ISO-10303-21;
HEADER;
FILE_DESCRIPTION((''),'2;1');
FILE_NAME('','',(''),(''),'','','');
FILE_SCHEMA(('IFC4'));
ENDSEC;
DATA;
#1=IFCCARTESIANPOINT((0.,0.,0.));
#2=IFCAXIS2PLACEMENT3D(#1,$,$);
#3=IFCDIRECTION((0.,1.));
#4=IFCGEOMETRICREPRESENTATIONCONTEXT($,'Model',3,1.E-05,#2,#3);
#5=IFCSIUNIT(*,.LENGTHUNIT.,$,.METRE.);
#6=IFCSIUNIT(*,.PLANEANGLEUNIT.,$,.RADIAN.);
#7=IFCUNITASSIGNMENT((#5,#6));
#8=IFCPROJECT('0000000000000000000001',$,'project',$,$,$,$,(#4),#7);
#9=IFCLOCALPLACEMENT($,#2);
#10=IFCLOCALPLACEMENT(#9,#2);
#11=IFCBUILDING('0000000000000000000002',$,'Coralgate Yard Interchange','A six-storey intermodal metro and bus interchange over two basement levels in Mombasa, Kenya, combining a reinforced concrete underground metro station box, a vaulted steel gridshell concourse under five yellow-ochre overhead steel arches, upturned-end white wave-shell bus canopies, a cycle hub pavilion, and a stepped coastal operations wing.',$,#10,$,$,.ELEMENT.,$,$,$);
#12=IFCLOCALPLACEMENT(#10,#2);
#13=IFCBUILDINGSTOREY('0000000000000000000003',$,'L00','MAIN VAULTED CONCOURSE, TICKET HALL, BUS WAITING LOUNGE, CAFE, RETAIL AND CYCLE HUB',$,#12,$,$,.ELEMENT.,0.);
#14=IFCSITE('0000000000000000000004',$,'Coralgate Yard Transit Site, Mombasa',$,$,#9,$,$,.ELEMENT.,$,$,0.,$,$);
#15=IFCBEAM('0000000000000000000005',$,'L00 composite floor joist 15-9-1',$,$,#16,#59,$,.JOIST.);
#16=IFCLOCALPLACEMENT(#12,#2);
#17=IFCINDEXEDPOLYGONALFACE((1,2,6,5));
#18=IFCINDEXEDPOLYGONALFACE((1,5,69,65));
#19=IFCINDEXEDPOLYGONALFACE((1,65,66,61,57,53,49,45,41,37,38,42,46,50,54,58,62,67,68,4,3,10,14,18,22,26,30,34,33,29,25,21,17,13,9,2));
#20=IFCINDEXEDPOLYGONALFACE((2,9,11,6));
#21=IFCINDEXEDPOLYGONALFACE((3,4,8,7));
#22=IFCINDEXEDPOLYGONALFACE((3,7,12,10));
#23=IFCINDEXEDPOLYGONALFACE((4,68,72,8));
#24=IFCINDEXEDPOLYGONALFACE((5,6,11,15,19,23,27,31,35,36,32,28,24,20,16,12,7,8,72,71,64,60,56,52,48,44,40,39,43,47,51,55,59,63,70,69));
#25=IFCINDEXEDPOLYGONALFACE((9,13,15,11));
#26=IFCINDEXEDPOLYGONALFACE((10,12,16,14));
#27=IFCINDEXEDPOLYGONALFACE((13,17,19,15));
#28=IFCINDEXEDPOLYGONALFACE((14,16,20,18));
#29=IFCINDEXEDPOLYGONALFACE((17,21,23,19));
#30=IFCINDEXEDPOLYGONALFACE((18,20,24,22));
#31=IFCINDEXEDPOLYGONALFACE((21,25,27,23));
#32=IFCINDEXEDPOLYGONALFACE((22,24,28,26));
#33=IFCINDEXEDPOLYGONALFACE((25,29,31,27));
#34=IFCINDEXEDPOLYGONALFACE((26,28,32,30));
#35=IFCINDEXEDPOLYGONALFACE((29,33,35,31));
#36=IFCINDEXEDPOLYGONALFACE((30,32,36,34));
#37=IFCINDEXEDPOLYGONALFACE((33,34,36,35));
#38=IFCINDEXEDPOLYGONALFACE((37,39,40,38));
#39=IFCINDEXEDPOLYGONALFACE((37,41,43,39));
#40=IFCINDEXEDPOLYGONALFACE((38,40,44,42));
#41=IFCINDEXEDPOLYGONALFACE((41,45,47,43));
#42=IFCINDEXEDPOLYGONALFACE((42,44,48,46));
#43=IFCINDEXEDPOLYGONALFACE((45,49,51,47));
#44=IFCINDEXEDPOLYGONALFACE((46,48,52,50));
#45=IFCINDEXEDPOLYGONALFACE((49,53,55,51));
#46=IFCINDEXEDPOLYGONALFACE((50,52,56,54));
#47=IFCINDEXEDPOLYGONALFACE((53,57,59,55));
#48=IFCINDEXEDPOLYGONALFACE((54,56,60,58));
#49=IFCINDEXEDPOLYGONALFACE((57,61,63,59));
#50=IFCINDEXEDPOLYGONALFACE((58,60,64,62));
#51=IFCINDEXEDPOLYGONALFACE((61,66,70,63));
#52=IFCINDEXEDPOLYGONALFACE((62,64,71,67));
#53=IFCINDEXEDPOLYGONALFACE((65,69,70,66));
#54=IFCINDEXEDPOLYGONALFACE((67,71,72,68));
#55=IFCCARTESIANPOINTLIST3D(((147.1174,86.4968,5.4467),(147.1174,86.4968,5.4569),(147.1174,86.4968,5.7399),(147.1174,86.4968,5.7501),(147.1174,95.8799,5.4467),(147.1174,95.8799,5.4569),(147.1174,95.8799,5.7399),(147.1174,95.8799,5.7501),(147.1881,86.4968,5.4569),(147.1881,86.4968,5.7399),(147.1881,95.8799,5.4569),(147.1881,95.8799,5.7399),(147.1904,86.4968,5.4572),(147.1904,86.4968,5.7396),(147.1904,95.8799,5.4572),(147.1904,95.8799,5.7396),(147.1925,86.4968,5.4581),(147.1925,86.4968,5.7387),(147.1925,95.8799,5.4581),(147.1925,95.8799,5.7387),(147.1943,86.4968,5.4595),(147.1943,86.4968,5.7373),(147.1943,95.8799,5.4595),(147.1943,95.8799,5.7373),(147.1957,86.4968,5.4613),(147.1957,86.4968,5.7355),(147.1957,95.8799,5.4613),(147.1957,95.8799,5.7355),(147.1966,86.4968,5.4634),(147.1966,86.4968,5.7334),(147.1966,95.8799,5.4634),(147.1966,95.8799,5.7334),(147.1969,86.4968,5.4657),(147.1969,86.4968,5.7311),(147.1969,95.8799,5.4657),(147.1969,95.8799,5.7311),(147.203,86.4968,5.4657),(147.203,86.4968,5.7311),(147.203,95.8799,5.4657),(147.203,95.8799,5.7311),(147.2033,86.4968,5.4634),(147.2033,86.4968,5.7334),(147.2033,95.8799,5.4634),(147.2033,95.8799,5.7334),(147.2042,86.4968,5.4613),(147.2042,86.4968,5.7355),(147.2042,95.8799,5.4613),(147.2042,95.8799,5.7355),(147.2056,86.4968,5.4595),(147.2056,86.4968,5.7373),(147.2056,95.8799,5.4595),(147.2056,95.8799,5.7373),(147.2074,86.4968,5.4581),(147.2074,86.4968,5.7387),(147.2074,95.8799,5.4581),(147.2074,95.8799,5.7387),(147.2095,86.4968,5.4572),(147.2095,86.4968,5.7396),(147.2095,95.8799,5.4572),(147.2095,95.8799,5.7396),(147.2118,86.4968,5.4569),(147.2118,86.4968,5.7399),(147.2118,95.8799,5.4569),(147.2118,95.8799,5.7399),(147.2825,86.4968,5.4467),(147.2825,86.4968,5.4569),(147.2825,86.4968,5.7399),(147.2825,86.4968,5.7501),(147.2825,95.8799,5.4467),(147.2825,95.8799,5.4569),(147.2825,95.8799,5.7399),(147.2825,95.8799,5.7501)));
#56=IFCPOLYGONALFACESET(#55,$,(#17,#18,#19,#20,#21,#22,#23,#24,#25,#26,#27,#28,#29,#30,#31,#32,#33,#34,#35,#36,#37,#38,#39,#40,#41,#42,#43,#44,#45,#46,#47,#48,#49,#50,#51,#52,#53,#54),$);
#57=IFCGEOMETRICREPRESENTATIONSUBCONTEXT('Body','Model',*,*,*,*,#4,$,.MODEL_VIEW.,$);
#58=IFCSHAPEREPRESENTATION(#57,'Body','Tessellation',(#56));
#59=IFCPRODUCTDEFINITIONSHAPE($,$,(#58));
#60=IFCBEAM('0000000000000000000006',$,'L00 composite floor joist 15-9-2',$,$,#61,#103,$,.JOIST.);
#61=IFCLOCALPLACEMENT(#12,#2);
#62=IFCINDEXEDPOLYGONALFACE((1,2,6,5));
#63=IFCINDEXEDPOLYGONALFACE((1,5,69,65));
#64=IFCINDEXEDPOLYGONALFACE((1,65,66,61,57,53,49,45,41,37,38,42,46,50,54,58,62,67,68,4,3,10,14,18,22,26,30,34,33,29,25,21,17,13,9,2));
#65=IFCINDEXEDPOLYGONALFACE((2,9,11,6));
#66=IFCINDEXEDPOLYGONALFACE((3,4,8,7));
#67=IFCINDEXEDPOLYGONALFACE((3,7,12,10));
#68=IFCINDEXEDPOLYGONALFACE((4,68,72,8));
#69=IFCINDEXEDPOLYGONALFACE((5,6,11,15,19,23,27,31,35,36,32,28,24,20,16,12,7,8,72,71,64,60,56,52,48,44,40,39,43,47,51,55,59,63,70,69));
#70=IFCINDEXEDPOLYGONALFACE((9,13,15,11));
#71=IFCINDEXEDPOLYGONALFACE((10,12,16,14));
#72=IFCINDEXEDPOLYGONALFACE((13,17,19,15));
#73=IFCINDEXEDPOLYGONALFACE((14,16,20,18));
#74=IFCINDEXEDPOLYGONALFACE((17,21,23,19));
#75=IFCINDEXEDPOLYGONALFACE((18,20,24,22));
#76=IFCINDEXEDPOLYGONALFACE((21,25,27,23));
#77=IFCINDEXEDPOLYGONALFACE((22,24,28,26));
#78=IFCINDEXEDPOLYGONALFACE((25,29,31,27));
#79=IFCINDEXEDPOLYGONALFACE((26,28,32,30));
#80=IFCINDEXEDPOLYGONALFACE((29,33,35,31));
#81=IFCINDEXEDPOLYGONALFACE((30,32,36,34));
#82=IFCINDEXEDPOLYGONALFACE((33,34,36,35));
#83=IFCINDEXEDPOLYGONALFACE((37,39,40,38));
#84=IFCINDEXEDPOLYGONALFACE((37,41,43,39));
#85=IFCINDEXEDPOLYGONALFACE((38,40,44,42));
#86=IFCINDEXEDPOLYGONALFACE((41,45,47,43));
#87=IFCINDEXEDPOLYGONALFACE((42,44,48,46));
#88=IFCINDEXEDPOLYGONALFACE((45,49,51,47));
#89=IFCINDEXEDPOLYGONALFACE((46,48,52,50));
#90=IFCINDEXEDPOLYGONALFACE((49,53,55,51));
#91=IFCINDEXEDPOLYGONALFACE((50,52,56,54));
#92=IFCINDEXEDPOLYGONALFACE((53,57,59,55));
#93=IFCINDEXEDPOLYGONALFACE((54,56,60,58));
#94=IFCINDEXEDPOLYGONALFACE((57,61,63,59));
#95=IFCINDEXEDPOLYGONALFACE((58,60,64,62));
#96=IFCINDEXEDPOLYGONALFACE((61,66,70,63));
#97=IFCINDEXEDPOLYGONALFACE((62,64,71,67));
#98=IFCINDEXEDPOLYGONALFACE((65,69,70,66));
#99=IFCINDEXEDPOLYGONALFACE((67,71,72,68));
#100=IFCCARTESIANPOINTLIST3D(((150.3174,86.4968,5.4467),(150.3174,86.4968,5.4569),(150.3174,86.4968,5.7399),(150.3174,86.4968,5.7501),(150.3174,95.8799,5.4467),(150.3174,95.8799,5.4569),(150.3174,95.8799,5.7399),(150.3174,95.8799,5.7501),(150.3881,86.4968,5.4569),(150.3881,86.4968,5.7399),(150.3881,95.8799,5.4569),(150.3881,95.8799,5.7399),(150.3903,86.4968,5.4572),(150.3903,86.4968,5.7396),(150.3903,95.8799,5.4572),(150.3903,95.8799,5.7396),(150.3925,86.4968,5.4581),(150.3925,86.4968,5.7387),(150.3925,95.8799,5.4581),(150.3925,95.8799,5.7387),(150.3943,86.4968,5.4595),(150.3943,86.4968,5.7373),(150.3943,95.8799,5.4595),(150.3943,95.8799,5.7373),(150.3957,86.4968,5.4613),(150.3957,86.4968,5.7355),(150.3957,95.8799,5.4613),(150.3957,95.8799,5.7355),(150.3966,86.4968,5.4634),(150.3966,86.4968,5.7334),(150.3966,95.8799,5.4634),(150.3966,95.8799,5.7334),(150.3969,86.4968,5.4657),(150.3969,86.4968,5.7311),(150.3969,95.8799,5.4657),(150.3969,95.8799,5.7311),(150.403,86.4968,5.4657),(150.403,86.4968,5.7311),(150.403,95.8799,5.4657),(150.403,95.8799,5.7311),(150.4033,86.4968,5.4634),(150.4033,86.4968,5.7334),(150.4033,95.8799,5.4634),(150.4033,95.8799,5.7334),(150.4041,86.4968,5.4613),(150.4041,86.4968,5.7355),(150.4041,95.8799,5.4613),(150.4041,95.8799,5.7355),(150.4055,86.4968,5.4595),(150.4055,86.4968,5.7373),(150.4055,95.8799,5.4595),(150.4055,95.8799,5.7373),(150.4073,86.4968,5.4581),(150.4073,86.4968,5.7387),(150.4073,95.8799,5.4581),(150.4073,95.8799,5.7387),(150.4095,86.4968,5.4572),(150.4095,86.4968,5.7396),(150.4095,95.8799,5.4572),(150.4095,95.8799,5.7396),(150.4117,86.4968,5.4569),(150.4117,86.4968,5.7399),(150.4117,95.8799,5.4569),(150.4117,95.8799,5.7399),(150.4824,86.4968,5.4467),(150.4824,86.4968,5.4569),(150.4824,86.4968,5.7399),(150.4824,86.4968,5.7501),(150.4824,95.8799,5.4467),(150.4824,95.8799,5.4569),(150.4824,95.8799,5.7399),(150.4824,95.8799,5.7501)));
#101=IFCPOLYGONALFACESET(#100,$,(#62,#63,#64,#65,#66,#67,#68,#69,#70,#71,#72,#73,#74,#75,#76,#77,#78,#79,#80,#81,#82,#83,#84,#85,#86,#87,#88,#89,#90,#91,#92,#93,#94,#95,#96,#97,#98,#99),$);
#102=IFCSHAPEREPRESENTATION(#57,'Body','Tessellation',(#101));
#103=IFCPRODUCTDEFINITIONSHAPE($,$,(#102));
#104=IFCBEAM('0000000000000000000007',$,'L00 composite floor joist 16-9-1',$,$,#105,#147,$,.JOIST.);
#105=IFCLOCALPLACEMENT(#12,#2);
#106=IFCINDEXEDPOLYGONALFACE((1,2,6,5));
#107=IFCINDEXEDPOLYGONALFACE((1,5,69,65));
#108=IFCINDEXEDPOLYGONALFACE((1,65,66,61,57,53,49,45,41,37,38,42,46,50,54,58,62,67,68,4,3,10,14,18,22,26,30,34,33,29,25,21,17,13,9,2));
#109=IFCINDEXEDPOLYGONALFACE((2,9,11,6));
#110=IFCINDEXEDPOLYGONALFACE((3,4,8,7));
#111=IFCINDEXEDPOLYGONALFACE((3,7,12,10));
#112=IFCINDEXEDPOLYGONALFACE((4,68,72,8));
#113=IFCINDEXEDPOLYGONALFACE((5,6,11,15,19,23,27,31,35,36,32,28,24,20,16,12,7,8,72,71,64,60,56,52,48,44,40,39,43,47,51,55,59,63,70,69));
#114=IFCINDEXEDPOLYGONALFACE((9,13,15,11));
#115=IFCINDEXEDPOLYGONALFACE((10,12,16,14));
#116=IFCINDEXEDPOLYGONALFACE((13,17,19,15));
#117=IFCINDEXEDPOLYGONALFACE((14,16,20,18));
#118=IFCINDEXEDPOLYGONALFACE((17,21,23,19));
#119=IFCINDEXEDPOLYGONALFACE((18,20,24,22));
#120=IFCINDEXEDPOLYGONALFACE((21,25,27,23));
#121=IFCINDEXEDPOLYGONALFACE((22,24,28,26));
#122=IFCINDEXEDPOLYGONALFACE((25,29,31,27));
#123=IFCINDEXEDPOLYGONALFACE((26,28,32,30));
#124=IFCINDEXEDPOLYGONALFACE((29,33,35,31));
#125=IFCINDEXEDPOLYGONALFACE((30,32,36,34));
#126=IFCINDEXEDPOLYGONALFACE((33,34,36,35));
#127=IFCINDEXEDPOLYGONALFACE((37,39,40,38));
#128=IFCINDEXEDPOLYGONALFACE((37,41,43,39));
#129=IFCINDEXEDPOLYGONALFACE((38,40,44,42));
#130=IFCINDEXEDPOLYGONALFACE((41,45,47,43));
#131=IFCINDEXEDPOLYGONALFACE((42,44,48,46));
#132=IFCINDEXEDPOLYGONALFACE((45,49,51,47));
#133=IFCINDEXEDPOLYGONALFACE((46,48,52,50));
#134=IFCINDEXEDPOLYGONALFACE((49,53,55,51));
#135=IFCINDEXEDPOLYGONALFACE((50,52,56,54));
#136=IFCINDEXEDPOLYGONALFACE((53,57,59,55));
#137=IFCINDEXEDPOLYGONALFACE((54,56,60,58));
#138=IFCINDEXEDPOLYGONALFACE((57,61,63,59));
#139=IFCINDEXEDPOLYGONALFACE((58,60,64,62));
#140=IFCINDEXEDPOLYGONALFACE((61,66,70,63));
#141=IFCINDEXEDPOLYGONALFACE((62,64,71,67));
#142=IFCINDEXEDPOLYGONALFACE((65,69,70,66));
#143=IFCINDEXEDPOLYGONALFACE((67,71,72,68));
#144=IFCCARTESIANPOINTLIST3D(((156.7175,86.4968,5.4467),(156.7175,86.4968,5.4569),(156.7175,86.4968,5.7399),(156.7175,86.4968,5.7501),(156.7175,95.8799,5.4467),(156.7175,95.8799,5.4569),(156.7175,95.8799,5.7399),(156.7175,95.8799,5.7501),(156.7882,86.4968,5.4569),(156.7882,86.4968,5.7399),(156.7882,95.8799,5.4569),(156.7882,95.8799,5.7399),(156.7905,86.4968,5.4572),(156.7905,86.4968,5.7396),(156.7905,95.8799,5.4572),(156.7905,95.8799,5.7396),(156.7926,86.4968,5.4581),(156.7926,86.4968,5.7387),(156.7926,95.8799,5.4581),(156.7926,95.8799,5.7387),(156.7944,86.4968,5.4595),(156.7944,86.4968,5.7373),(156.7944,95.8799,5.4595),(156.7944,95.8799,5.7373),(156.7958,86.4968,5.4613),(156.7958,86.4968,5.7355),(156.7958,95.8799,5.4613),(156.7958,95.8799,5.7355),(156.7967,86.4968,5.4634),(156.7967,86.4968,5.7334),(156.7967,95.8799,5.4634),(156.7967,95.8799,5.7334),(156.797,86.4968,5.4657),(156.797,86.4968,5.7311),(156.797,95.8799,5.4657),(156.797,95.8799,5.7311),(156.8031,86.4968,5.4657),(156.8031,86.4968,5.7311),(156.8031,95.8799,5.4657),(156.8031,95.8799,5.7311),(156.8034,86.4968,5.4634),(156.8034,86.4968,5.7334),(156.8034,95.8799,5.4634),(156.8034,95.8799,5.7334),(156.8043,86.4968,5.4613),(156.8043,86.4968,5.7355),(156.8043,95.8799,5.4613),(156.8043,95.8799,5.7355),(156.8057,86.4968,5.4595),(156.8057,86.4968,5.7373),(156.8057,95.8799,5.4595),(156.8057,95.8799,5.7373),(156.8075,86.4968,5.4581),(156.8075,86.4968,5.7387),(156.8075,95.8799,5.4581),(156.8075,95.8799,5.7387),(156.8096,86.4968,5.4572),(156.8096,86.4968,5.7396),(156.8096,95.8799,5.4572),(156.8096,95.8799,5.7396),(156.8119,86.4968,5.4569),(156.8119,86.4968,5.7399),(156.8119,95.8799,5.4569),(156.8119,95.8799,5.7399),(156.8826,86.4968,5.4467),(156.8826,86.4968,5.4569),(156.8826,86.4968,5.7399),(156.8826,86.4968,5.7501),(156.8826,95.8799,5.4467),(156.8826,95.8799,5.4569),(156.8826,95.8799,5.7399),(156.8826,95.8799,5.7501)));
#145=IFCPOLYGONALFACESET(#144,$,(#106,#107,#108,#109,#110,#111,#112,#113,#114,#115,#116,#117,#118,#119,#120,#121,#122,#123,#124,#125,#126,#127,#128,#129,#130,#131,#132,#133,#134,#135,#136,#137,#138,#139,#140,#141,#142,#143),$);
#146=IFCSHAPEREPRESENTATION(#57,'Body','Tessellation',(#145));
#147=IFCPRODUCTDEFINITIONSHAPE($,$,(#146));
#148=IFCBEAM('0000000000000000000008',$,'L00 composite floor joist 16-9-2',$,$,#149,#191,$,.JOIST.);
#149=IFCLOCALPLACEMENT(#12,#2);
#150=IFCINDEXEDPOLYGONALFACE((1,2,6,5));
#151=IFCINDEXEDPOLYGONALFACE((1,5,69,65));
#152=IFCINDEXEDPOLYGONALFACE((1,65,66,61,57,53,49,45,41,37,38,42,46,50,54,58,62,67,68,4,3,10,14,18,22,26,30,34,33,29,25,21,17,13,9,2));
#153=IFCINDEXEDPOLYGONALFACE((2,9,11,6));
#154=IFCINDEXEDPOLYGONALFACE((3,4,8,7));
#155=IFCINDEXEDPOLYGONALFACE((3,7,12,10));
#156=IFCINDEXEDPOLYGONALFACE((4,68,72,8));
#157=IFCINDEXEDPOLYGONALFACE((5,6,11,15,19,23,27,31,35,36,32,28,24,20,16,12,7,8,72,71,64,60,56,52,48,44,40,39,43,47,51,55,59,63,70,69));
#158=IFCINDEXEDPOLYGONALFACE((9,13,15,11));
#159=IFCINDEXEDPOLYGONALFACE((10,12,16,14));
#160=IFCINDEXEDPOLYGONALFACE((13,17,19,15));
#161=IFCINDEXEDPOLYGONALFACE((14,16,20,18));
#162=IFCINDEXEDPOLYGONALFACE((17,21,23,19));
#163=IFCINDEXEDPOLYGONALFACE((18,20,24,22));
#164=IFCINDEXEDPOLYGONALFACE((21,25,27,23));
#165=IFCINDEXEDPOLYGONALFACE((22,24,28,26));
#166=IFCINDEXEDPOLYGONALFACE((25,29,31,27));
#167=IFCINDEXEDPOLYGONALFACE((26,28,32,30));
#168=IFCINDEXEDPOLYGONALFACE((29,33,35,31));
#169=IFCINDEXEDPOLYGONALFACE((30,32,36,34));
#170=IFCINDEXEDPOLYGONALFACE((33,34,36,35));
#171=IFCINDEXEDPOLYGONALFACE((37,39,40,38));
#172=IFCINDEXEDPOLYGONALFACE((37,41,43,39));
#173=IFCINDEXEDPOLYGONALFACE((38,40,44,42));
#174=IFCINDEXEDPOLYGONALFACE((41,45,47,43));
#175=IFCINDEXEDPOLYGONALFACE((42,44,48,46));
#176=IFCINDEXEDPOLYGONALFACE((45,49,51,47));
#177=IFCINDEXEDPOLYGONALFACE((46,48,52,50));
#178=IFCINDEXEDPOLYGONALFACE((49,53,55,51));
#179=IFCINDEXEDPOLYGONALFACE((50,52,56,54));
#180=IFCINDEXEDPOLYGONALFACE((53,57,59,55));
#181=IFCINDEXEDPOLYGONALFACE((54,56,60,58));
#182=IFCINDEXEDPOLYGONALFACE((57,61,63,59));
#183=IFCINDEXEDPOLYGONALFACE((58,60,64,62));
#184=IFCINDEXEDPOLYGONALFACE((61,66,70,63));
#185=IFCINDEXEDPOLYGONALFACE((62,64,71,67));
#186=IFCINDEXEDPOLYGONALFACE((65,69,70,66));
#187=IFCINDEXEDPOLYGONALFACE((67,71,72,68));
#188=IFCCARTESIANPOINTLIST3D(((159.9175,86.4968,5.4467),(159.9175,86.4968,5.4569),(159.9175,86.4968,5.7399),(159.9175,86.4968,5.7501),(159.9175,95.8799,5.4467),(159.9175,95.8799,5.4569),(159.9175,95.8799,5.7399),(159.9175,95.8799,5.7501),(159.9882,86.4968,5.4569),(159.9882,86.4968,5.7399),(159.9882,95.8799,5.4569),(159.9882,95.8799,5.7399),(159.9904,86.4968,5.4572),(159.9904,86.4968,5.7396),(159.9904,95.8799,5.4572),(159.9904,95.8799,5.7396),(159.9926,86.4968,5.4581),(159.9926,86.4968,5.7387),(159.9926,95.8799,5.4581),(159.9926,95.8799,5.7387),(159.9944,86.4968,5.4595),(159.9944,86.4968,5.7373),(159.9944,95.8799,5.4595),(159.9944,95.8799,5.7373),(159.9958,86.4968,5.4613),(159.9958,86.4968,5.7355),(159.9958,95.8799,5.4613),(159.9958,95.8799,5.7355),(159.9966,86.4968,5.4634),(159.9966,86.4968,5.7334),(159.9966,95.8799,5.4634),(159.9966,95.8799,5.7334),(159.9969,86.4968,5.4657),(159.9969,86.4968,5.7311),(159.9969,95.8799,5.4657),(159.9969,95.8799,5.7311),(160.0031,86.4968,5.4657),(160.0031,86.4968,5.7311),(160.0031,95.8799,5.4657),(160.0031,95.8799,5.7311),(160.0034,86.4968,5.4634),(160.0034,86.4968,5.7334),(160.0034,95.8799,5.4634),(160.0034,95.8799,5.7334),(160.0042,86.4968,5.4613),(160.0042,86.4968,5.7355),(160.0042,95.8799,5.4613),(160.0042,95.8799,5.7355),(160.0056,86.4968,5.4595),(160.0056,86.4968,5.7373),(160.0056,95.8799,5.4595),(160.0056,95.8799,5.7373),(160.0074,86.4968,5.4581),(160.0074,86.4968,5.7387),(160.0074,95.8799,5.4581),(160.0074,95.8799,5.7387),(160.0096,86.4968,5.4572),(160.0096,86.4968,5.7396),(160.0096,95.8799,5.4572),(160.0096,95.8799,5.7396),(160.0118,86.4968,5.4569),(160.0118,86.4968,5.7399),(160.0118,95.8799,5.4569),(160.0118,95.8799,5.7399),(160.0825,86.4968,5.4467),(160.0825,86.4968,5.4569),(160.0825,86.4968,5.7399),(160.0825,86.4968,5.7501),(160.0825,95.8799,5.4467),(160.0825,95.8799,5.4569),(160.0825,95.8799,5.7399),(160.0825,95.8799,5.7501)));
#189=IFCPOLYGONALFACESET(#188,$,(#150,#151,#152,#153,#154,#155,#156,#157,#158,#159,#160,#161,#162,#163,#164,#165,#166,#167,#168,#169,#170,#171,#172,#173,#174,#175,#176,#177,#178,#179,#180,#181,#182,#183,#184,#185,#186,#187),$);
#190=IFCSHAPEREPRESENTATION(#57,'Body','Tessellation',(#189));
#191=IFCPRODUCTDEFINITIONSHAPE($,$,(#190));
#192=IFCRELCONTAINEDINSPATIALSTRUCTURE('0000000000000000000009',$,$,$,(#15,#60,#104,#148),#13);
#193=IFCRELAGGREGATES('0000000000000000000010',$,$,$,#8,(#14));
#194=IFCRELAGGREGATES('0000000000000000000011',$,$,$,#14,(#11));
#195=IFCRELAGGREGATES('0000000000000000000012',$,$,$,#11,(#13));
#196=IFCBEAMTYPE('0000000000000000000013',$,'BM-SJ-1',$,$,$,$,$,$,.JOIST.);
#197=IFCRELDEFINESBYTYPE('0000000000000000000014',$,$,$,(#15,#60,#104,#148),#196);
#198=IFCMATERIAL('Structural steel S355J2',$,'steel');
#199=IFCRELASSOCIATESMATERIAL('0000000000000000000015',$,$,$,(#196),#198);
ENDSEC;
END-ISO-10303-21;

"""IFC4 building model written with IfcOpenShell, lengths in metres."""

from ifc_helpers import new_model, si_unit, direction, frame, origin, origin_2d, place, context, subcontext, project, spatial, i_section, extrude, material, material_profile, profile_set, type_object, element, save


model = new_model("IFC4")

# Units and contexts
model_context = context("Model", 3, precision=1e-05, world=origin(), true_north=direction((0.0, 1.0)))
body_context = subcontext(model_context, "Body", "Model", "MODEL_VIEW")
ifc_project = project(units=[si_unit("LENGTHUNIT", "METRE"), si_unit("PLANEANGLEUNIT", "RADIAN")], contexts=[model_context])

# Site, building, storey
site_placement = place(None, origin())
site = spatial("IfcSite", under=ifc_project, at=site_placement, Name="Coralgate Yard Transit Site, Mombasa", CompositionType="ELEMENT", RefElevation=0.0)
building_placement = place(site_placement, origin())
building = spatial("IfcBuilding", under=site, at=building_placement, Name="Coralgate Yard Interchange", Description="A six-storey intermodal metro and bus interchange over two basement levels in Mombasa, Kenya, combining a reinforced concrete underground metro station box, a vaulted steel gridshell concourse under five yellow-ochre overhead steel arches, upturned-end white wave-shell bus canopies, a cycle hub pavilion, and a stepped coastal operations wing.", CompositionType="ELEMENT")
storey_placement = place(building_placement, origin())
storey = spatial("IfcBuildingStorey", under=building, at=storey_placement, Name="L00", Description="MAIN VAULTED CONCOURSE, TICKET HALL, BUS WAITING LOUNGE, CAFE, RETAIL AND CYCLE HUB", CompositionType="ELEMENT", Elevation=0.0)

# Shared definitions
ifc_material_1 = material(Name="Structural steel S355J2", Category="steel")

# Beams
ifc_material_profile_1 = material_profile(ifc_material_1, i_section(OverallWidth=0.165, OverallDepth=0.3035, WebThickness=0.0061, FlangeThickness=0.0103, FilletRadius=0.0088, at=origin_2d()), Name="UB 305x165x40")
ifc_profile_set_1 = profile_set([ifc_material_profile_1], Name="Structural steel S355J2")
beam_type_1 = type_object("IfcBeamType", Name="BM-SJ-1", PredefinedType="JOIST", material=ifc_profile_set_1)
for number, where, z_axis, x_axis, name in (
    (1, (147.2, 86.4968, 5.5984), (0.0, 1.0, 0.0), (-1.0, 0.0, 0.0), "L00 composite floor joist 15-9-1"),
    (2, (150.3999, 86.4968, 5.5984), (0.0, 1.0, 0.0), (-1.0, 0.0, 0.0), "L00 composite floor joist 15-9-2"),
    (3, (156.8, 86.4968, 5.5984), (0.0, 1.0, 0.0), (-1.0, 0.0, 0.0), "L00 composite floor joist 16-9-1"),
    (4, (160.0, 86.4968, 5.5984), (0.0, 1.0, 0.0), (-1.0, 0.0, 0.0), "L00 composite floor joist 16-9-2"),
):
    element("IfcBeam", number, at=place(storey_placement, frame(where, z_axis=z_axis, x_axis=x_axis)), inside=storey, type_object=beam_type_1, Name=name, PredefinedType="JOIST", context=body_context, shape_type="SweptSolid", body=[
        extrude(i_section(OverallWidth=0.165, OverallDepth=0.3035, WebThickness=0.0061, FlangeThickness=0.0103, FilletRadius=0.0088, at=origin_2d()), origin(), (0.0, 0.0, 1.0), 9.3831),
    ])

save(model, "model.ifc")
